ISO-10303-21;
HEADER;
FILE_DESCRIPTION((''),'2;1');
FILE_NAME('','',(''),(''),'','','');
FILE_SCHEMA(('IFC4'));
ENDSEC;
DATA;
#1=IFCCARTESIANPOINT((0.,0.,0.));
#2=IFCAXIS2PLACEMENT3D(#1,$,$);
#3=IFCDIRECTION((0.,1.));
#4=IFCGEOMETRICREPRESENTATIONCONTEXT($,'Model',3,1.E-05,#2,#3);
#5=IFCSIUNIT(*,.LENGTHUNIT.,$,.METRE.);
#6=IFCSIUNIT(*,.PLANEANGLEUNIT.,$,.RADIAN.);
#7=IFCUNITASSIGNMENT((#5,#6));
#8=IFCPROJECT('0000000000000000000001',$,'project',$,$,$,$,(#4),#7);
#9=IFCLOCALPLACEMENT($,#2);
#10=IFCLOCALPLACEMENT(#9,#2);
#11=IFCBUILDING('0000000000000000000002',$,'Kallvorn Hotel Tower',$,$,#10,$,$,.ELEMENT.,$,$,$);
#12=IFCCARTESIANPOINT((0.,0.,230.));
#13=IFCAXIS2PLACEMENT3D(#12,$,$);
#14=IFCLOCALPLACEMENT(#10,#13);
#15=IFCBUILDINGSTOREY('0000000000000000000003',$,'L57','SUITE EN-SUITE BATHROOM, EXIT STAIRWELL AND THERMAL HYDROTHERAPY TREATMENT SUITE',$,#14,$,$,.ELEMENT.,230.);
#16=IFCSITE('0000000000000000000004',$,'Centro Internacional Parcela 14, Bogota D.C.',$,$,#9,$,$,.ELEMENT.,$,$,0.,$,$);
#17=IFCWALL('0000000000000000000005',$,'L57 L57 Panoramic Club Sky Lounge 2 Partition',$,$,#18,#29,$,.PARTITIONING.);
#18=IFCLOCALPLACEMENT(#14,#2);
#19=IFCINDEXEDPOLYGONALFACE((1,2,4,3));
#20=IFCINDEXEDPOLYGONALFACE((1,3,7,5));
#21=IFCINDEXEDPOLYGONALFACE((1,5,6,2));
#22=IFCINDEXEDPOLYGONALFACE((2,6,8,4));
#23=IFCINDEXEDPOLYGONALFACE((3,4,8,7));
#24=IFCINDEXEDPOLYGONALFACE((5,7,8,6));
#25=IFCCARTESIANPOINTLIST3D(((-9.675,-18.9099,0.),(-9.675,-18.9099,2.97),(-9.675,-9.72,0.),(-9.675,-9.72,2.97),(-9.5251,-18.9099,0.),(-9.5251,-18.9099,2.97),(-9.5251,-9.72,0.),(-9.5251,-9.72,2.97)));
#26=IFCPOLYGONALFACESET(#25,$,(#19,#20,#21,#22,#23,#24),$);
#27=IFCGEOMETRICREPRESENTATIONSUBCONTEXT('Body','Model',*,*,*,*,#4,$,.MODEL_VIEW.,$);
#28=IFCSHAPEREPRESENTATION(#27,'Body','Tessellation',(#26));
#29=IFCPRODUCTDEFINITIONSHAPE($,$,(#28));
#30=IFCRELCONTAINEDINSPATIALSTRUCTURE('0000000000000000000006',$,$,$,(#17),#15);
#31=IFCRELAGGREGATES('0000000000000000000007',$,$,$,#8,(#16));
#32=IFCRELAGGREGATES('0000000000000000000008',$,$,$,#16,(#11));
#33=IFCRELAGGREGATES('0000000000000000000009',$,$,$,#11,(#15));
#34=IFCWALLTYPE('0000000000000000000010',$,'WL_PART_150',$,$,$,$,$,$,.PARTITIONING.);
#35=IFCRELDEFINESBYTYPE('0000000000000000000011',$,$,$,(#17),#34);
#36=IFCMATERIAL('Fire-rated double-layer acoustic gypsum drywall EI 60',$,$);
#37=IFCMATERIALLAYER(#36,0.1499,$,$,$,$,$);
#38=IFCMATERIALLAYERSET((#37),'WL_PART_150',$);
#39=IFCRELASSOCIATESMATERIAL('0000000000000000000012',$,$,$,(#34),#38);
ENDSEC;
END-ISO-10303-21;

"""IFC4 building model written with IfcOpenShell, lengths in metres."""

from ifc_helpers import new_model, si_unit, direction, frame, frame_2d, origin, place, context, subcontext, project, spatial, rectangle, extrude, material, layer, layer_set, type_object, element, save


model = new_model("IFC4")

# Units and contexts
model_context = context("Model", 3, precision=1e-05, world=origin(), true_north=direction((0.0, 1.0)))
body_context = subcontext(model_context, "Body", "Model", "MODEL_VIEW")
ifc_project = project(units=[si_unit("LENGTHUNIT", "METRE"), si_unit("PLANEANGLEUNIT", "RADIAN")], contexts=[model_context])

# Site, building, storey
site_placement = place(None, origin())
site = spatial("IfcSite", under=ifc_project, at=site_placement, Name="Centro Internacional Parcela 14, Bogota D.C.", CompositionType="ELEMENT", RefElevation=0.0)
building_placement = place(site_placement, origin())
building = spatial("IfcBuilding", under=site, at=building_placement, Name="Kallvorn Hotel Tower", CompositionType="ELEMENT")
storey_placement = place(building_placement, frame((0.0, 0.0, 230.0)))
storey = spatial("IfcBuildingStorey", under=building, at=storey_placement, Name="L57", Description="SUITE EN-SUITE BATHROOM, EXIT STAIRWELL AND THERMAL HYDROTHERAPY TREATMENT SUITE", CompositionType="ELEMENT", Elevation=230.0)

# Wall
ifc_material_1 = material(Name="Fire-rated double-layer acoustic gypsum drywall EI 60")
ifc_layer_1 = layer(ifc_material_1, 0.1499)
ifc_layer_set_1 = layer_set([ifc_layer_1], Name="WL_PART_150")
wall_type_1 = type_object("IfcWallType", Name="WL_PART_150", PredefinedType="PARTITIONING", material=ifc_layer_set_1)
wall_1_placement = place(storey_placement, frame((-9.6001, -18.9099, 0.0), z_axis=(0.0, 0.0, 1.0), x_axis=(0.0, 1.0, 0.0)))
element("IfcWall", 1, at=wall_1_placement, inside=storey, type_object=wall_type_1, Name="L57 L57 Panoramic Club Sky Lounge 2 Partition", PredefinedType="PARTITIONING", context=body_context, shape_type="SweptSolid", body=[
    extrude(rectangle(XDim=9.1899, YDim=0.1499, at=frame_2d((4.595, 0.0))), origin(), (0.0, 0.0, 1.0), 2.97),
])

save(model, "model.ifc")
